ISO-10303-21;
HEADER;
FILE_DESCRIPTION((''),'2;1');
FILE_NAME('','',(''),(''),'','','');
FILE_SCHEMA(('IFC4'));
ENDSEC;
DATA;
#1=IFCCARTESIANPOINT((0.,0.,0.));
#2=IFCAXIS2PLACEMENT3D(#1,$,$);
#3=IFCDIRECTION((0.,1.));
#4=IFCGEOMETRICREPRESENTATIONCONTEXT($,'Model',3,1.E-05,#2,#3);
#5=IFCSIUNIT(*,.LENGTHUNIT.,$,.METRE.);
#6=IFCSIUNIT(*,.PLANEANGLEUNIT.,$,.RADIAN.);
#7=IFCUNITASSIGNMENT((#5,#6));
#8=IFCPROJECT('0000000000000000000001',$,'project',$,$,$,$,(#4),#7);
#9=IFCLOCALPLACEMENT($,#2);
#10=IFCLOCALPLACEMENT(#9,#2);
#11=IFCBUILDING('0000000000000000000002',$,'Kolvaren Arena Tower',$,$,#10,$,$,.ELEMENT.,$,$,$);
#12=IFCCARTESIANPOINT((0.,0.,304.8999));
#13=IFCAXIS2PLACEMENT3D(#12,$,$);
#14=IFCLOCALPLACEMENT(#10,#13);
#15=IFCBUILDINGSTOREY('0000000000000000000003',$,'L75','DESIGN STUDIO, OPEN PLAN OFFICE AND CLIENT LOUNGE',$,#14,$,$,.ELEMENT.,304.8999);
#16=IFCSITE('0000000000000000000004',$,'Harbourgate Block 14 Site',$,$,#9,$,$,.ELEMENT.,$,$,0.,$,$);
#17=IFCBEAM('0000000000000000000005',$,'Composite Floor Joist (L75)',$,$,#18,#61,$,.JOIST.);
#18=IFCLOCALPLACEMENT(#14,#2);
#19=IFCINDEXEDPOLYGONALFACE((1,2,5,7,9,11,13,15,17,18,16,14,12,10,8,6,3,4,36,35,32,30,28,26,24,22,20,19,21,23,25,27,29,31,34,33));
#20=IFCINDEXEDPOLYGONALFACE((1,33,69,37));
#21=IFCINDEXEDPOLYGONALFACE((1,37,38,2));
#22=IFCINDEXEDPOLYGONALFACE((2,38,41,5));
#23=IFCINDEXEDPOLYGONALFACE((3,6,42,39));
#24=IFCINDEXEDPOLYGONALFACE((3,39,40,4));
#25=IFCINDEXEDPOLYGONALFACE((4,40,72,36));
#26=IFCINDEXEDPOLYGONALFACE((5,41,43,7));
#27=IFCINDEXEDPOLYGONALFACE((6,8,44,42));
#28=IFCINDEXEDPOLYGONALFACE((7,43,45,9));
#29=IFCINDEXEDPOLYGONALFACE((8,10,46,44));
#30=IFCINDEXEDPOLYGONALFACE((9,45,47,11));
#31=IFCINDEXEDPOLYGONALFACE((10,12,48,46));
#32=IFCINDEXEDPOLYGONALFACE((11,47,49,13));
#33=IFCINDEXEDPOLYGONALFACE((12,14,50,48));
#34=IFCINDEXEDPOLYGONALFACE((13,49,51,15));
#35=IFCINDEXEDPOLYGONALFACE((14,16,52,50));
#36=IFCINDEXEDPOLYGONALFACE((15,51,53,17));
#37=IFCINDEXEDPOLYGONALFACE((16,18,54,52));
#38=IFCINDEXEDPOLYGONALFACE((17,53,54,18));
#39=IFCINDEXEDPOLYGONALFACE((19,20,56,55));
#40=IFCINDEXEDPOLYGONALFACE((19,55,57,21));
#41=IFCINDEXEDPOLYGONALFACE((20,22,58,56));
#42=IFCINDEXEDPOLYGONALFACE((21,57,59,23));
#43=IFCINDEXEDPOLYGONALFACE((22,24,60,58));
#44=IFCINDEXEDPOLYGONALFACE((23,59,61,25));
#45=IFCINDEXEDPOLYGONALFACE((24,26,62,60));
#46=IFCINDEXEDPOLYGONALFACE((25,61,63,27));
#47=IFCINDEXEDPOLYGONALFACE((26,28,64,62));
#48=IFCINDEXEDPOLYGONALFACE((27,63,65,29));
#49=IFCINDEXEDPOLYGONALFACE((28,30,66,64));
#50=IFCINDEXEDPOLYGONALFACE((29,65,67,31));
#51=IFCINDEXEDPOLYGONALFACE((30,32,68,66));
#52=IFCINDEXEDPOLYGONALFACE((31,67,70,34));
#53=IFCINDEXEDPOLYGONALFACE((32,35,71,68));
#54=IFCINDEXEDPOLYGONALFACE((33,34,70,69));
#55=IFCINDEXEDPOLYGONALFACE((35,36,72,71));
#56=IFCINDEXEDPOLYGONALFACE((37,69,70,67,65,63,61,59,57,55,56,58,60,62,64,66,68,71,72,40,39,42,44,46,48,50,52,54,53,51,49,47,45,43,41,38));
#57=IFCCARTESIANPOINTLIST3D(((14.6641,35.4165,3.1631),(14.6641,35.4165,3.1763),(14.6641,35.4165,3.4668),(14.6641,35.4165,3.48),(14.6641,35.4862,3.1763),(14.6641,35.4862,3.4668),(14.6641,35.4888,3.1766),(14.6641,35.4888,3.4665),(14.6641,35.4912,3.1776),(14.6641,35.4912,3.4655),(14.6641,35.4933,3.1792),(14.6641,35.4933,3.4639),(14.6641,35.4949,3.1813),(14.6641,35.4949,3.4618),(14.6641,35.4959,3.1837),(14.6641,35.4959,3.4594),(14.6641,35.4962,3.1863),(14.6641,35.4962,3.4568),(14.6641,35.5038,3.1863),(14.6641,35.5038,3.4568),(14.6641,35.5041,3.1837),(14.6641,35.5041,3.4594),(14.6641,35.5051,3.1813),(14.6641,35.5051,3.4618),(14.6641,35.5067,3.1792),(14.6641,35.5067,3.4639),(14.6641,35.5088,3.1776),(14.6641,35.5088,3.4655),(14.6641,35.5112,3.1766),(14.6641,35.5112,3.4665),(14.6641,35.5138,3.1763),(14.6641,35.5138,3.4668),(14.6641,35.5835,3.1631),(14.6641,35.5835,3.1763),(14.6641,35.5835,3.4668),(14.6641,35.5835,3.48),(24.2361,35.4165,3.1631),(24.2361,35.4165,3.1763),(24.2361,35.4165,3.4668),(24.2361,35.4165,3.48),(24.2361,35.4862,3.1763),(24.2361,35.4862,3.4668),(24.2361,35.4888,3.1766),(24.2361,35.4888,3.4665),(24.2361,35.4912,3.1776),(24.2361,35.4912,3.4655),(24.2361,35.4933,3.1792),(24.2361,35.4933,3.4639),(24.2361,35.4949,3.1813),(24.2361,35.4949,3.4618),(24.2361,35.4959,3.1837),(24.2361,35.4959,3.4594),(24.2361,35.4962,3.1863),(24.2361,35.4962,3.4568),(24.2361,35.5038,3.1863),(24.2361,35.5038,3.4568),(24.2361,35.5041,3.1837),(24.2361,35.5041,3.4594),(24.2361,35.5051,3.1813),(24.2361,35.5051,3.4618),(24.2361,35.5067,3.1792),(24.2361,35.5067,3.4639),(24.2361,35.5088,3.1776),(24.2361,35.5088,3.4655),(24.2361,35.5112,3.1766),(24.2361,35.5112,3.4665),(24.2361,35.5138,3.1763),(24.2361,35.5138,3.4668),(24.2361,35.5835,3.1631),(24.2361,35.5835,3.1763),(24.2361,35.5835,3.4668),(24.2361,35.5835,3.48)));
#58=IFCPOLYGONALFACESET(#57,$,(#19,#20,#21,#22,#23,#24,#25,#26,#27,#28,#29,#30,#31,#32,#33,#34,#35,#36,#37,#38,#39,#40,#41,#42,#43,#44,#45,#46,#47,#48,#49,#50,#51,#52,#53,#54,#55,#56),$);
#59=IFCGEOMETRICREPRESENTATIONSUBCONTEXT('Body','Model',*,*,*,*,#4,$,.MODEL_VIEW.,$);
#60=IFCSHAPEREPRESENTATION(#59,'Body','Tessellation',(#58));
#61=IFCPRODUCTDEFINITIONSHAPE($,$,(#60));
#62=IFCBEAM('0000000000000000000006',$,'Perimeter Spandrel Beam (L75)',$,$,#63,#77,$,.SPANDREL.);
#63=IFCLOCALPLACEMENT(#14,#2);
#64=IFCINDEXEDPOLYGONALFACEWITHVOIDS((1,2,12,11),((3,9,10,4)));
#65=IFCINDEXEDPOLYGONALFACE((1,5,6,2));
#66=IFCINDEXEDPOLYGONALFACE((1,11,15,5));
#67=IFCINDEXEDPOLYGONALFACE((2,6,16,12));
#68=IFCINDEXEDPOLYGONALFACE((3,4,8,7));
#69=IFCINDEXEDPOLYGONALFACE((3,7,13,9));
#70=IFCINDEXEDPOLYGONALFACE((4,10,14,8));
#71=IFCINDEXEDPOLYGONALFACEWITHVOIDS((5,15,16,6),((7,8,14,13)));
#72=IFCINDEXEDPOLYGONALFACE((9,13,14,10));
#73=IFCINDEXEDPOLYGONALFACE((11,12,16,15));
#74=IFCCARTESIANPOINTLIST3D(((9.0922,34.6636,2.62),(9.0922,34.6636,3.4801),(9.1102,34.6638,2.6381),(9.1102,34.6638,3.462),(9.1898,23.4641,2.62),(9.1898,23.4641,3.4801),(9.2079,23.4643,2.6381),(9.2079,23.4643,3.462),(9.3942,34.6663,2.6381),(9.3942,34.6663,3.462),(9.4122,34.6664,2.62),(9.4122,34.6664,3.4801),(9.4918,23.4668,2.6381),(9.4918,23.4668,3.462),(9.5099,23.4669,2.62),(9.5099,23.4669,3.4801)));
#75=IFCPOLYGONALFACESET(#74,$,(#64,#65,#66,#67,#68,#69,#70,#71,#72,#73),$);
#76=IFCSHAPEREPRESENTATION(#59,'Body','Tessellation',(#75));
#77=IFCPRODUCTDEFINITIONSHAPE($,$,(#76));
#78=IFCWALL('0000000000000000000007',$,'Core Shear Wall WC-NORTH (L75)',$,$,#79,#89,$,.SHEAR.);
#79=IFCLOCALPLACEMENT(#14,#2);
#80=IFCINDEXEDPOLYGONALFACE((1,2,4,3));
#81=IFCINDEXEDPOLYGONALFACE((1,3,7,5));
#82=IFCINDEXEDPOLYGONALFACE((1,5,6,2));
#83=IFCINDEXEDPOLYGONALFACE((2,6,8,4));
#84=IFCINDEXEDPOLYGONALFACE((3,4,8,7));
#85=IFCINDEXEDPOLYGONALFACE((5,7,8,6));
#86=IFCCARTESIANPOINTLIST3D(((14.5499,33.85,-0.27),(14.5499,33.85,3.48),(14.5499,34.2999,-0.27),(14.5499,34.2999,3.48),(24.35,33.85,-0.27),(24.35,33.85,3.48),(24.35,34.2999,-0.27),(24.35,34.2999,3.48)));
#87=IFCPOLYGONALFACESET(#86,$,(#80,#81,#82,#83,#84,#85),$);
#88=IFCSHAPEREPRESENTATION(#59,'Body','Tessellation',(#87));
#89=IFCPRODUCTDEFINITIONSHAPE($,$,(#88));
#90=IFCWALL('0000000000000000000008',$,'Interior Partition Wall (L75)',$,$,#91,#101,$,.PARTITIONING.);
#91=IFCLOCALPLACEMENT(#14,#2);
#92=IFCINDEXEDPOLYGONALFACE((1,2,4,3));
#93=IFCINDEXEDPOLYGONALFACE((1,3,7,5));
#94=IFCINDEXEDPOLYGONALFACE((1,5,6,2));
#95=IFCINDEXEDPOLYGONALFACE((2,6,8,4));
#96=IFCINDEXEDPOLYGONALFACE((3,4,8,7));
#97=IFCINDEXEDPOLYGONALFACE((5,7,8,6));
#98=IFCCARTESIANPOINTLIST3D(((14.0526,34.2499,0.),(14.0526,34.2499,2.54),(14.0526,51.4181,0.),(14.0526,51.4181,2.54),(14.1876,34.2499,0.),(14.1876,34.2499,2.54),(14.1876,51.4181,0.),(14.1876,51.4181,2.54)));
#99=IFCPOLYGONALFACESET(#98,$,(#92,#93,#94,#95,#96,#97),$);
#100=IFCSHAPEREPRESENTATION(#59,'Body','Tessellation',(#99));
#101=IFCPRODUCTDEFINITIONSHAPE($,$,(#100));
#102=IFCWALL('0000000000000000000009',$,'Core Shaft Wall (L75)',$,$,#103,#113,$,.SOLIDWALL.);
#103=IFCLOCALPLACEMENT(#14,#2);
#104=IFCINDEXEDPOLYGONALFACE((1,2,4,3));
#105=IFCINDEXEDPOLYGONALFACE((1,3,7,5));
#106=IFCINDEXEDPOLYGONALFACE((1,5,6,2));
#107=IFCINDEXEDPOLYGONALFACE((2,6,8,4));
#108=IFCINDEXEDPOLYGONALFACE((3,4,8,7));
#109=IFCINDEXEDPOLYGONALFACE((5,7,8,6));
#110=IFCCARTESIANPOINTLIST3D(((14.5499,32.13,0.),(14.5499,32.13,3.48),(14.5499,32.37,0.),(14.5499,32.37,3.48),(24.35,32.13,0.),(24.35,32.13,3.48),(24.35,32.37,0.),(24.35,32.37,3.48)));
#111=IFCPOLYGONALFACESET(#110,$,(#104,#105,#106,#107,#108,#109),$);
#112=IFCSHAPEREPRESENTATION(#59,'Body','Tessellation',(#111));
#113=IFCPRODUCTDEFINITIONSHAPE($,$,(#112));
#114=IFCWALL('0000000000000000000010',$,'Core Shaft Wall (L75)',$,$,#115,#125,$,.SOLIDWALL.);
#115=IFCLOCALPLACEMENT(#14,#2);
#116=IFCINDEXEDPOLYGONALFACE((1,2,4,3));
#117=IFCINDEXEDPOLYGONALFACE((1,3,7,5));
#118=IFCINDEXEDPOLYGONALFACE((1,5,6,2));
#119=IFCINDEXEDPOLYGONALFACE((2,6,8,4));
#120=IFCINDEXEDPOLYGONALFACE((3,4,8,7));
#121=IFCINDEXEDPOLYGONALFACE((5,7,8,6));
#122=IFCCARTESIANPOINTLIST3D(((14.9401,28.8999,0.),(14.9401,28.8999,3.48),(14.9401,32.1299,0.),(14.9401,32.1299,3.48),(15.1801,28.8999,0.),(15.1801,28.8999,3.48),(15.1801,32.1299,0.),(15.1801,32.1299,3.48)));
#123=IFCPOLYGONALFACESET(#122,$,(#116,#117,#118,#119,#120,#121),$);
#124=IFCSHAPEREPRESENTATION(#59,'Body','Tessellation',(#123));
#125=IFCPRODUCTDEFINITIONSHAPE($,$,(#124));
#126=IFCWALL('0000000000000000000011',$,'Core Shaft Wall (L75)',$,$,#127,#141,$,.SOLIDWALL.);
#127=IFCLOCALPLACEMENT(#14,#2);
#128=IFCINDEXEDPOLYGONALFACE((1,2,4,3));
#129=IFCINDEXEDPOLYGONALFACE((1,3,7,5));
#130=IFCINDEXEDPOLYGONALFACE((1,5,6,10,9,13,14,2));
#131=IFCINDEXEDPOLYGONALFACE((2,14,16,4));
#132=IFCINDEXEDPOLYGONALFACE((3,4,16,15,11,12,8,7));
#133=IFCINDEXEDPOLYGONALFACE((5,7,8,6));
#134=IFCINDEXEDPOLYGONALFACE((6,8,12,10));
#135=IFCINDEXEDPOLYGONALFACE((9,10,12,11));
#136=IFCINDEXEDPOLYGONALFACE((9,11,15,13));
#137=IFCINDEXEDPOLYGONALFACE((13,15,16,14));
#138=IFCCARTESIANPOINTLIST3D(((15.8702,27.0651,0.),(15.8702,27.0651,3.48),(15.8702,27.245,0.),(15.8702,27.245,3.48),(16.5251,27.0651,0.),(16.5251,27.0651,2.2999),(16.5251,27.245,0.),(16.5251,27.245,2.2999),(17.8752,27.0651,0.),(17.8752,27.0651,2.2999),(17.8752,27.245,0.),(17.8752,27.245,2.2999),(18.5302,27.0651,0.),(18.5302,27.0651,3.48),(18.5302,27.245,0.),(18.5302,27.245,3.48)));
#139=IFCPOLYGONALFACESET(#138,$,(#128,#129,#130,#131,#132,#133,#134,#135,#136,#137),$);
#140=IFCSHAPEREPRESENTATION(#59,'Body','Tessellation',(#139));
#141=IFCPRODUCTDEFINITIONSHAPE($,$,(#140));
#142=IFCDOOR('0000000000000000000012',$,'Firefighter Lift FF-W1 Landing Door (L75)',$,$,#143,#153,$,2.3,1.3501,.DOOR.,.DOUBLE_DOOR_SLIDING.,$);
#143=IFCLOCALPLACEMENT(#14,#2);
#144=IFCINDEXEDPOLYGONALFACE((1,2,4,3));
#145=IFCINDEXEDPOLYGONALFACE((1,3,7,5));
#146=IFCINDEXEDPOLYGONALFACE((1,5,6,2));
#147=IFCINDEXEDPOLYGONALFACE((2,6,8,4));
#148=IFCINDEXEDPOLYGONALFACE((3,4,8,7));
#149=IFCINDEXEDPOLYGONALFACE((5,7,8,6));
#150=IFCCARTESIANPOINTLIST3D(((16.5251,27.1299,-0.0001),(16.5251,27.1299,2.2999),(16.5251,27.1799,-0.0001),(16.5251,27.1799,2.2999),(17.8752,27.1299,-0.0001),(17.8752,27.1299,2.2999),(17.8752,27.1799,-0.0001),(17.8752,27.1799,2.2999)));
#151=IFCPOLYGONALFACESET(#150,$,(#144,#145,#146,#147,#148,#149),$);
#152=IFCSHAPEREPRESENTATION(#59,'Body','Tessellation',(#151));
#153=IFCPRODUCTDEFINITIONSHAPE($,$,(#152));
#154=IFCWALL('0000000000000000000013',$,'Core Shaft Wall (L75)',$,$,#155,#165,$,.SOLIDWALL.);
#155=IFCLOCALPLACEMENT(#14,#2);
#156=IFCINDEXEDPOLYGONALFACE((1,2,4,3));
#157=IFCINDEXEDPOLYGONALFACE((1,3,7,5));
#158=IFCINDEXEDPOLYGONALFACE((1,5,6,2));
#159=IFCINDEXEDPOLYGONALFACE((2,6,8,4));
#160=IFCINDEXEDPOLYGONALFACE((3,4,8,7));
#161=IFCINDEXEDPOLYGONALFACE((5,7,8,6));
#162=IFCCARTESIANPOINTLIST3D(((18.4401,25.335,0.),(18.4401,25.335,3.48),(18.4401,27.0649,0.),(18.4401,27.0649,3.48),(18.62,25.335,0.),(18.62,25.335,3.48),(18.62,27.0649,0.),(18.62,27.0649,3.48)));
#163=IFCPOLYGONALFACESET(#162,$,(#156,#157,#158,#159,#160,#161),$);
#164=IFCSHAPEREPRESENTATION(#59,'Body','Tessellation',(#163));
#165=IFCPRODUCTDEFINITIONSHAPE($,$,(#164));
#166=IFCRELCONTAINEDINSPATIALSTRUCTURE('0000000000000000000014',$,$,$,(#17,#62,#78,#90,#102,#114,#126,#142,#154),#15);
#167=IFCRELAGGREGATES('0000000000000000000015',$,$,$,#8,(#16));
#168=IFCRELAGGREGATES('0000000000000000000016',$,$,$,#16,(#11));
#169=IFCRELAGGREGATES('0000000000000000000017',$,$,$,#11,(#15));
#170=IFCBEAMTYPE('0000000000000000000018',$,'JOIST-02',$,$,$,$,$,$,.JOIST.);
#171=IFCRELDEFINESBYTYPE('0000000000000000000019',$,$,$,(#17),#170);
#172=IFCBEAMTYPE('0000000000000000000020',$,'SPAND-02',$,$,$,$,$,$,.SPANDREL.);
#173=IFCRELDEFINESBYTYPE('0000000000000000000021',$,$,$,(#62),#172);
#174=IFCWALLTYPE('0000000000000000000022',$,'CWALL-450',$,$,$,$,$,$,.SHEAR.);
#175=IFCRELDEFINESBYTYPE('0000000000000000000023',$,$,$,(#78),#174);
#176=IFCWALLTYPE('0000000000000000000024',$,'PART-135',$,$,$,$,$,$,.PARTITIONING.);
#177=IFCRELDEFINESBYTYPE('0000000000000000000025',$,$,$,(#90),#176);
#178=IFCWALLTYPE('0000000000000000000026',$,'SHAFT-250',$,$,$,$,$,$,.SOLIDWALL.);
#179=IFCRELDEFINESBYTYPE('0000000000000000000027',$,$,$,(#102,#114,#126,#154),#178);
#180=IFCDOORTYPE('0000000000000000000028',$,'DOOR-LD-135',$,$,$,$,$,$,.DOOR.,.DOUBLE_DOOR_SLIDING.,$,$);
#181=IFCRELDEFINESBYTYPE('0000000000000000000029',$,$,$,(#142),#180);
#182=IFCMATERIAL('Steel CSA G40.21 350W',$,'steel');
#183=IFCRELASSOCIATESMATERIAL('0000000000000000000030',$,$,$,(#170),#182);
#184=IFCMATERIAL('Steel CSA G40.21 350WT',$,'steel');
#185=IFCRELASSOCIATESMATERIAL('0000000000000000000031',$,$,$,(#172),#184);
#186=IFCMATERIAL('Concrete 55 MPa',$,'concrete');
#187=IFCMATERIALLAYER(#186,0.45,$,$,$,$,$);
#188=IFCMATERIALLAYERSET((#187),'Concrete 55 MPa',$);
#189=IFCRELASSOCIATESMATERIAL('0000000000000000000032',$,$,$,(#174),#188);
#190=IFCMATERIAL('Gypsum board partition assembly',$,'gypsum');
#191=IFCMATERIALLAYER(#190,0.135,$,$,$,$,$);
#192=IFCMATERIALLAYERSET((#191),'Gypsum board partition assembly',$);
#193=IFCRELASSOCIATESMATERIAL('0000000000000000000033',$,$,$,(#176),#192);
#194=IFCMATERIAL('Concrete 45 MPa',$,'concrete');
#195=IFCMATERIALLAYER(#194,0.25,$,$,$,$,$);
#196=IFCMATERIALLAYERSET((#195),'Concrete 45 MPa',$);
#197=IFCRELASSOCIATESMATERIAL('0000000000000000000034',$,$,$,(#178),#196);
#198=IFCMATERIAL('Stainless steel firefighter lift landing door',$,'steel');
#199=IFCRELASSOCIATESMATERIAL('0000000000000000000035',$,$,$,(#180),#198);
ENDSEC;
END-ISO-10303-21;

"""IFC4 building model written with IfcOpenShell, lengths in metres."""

from ifc_helpers import new_model, si_unit, direction, frame, frame_2d, origin, origin_2d, place, context, subcontext, project, spatial, rectangle, hollow_rectangle, i_section, extrude, material, layer, layer_set, material_profile, profile_set, type_object, element, fill, save


model = new_model("IFC4")

# Units and contexts
model_context = context("Model", 3, precision=1e-05, world=origin(), true_north=direction((0.0, 1.0)))
body_context = subcontext(model_context, "Body", "Model", "MODEL_VIEW")
ifc_project = project(units=[si_unit("LENGTHUNIT", "METRE"), si_unit("PLANEANGLEUNIT", "RADIAN")], contexts=[model_context])

# Site, building, storey
site_placement = place(None, origin())
site = spatial("IfcSite", under=ifc_project, at=site_placement, Name="Harbourgate Block 14 Site", CompositionType="ELEMENT", RefElevation=0.0)
building_placement = place(site_placement, origin())
building = spatial("IfcBuilding", under=site, at=building_placement, Name="Kolvaren Arena Tower", CompositionType="ELEMENT")
storey_placement = place(building_placement, frame((0.0, 0.0, 304.8999)))
storey = spatial("IfcBuildingStorey", under=building, at=storey_placement, Name="L75", Description="DESIGN STUDIO, OPEN PLAN OFFICE AND CLIENT LOUNGE", CompositionType="ELEMENT", Elevation=304.8999)

# Beams
ifc_material_1 = material(Name="Steel CSA G40.21 350W", Category="steel")
ifc_material_profile_1 = material_profile(ifc_material_1, i_section(OverallWidth=0.167, OverallDepth=0.3169, WebThickness=0.0076, FlangeThickness=0.0132, FilletRadius=0.01, at=origin_2d()), Name="W310x52")
ifc_profile_set_1 = profile_set([ifc_material_profile_1], Name="Steel CSA G40.21 350W")
beam_type_1 = type_object("IfcBeamType", Name="JOIST-02", PredefinedType="JOIST", material=ifc_profile_set_1)
beam_1_placement = place(storey_placement, frame((14.6641, 35.5, 3.3215), z_axis=(1.0, 0.0, 0.0), x_axis=(0.0, 1.0, 0.0)))
element("IfcBeam", 1, at=beam_1_placement, inside=storey, type_object=beam_type_1, Name="Composite Floor Joist (L75)", PredefinedType="JOIST", context=body_context, shape_type="SweptSolid", body=[
    extrude(i_section(OverallWidth=0.167, OverallDepth=0.3169, WebThickness=0.0076, FlangeThickness=0.0132, FilletRadius=0.01, at=origin_2d()), origin(), (0.0, 0.0, 1.0), 9.572),
])
ifc_material_2 = material(Name="Steel CSA G40.21 350WT", Category="steel")
ifc_material_profile_2 = material_profile(ifc_material_2, hollow_rectangle(XDim=0.3201, YDim=0.8601, WallThickness=0.0181, at=origin_2d()), Name="HSS 860x320x18")
ifc_profile_set_2 = profile_set([ifc_material_profile_2], Name="Steel CSA G40.21 350WT")
beam_type_2 = type_object("IfcBeamType", Name="SPAND-02", PredefinedType="SPANDREL", material=ifc_profile_set_2)
beam_2_placement = place(storey_placement, frame((9.2522, 34.665, 3.05), z_axis=(0.008719, -0.999962, 0.0), x_axis=(0.999962, 0.008719, 0.0)))
element("IfcBeam", 2, at=beam_2_placement, inside=storey, type_object=beam_type_2, Name="Perimeter Spandrel Beam (L75)", PredefinedType="SPANDREL", context=body_context, shape_type="SweptSolid", body=[
    extrude(hollow_rectangle(XDim=0.3201, YDim=0.8601, WallThickness=0.0181, at=origin_2d()), origin(), (0.0, 0.0, 1.0), 11.2),
])

# Walls
ifc_material_3 = material(Name="Concrete 55 MPa", Category="concrete")
ifc_layer_1 = layer(ifc_material_3, 0.45)
ifc_layer_set_1 = layer_set([ifc_layer_1], Name="Concrete 55 MPa")
wall_type_1 = type_object("IfcWallType", Name="CWALL-450", PredefinedType="SHEAR", material=ifc_layer_set_1)
wall_1_placement = place(storey_placement, frame((14.55, 34.075, -0.27), z_axis=(0.0, 0.0, 1.0), x_axis=(1.0, 0.0, 0.0)))
element("IfcWall", 3, at=wall_1_placement, inside=storey, type_object=wall_type_1, Name="Core Shear Wall WC-NORTH (L75)", PredefinedType="SHEAR", context=body_context, shape_type="SweptSolid", body=[
    extrude(rectangle(XDim=9.8, YDim=0.45, at=frame_2d((4.8999, 0.0))), origin(), (0.0, 0.0, 1.0), 3.75),
])
ifc_material_4 = material(Name="Gypsum board partition assembly", Category="gypsum")
ifc_layer_2 = layer(ifc_material_4, 0.135)
ifc_layer_set_2 = layer_set([ifc_layer_2], Name="Gypsum board partition assembly")
wall_type_2 = type_object("IfcWallType", Name="PART-135", PredefinedType="PARTITIONING", material=ifc_layer_set_2)
wall_2_placement = place(storey_placement, frame((14.1201, 34.25, 0.0), z_axis=(0.0, 0.0, 1.0), x_axis=(0.0, 1.0, 0.0)))
element("IfcWall", 4, at=wall_2_placement, inside=storey, type_object=wall_type_2, Name="Interior Partition Wall (L75)", PredefinedType="PARTITIONING", context=body_context, shape_type="SweptSolid", body=[
    extrude(rectangle(XDim=17.1682, YDim=0.135, at=frame_2d((8.584, 0.0))), origin(), (0.0, 0.0, 1.0), 2.54),
])
ifc_material_5 = material(Name="Concrete 45 MPa", Category="concrete")
ifc_layer_3 = layer(ifc_material_5, 0.25)
ifc_layer_set_3 = layer_set([ifc_layer_3], Name="Concrete 45 MPa")
wall_type_3 = type_object("IfcWallType", Name="SHAFT-250", PredefinedType="SOLIDWALL", material=ifc_layer_set_3)
wall_3_placement = place(storey_placement, frame((14.55, 32.25, 0.0), z_axis=(0.0, 0.0, 1.0), x_axis=(1.0, 0.0, 0.0)))
element("IfcWall", 5, at=wall_3_placement, inside=storey, type_object=wall_type_3, Name="Core Shaft Wall (L75)", PredefinedType="SOLIDWALL", context=body_context, shape_type="SweptSolid", body=[
    extrude(rectangle(XDim=9.8, YDim=0.24, at=frame_2d((4.8999, 0.0))), origin(), (0.0, 0.0, 1.0), 3.48),
])
wall_4_placement = place(storey_placement, frame((15.0601, 28.8999, 0.0), z_axis=(0.0, 0.0, 1.0), x_axis=(0.0, 1.0, 0.0)))
element("IfcWall", 6, at=wall_4_placement, inside=storey, type_object=wall_type_3, Name="Core Shaft Wall (L75)", PredefinedType="SOLIDWALL", context=body_context, shape_type="SweptSolid", body=[
    extrude(rectangle(XDim=3.23, YDim=0.24, at=frame_2d((1.615, 0.0))), origin(), (0.0, 0.0, 1.0), 3.48),
])

# Wall, opening, door
wall_5_placement = place(storey_placement, frame((15.8701, 27.155, 0.0), z_axis=(0.0, 0.0, 1.0), x_axis=(1.0, 0.0, 0.0)))
wall_5 = element("IfcWall", 7, at=wall_5_placement, inside=storey, type_object=wall_type_3, Name="Core Shaft Wall (L75)", PredefinedType="SOLIDWALL", context=body_context, shape_type="SweptSolid", body=[
    extrude(rectangle(XDim=2.6599, YDim=0.1799, at=frame_2d((1.3301, 0.0))), origin(), (0.0, 0.0, 1.0), 3.48),
])
opening_placement = place(wall_5_placement, frame((0.655, 0.0, 0.0)))
opening = element("IfcOpeningElement", 8, at=opening_placement, cuts=wall_5, PredefinedType="OPENING", context=body_context, shape_type="SweptSolid", body=[
    extrude(rectangle(XDim=1.3501, YDim=2.3, at=frame_2d((0.675, 1.1499))), frame((0.0, 0.0999, 0.0), z_axis=(0.0, -1.0, 0.0), x_axis=(1.0, 0.0, 0.0)), (0.0, 0.0, 1.0), 0.2),
])
ifc_material_6 = material(Name="Stainless steel firefighter lift landing door", Category="steel")
door_type = type_object("IfcDoorType", Name="DOOR-LD-135", OperationType="DOUBLE_DOOR_SLIDING", PredefinedType="DOOR", material=ifc_material_6)
door_placement = place(opening_placement, origin())
door = element("IfcDoor", 9, at=door_placement, inside=storey, type_object=door_type, Name="Firefighter Lift FF-W1 Landing Door (L75)", OperationType="DOUBLE_DOOR_SLIDING", OverallHeight=2.3, OverallWidth=1.3501, PredefinedType="DOOR", context=body_context, shape_type="SweptSolid", body=[
    extrude(rectangle(XDim=1.3501, YDim=2.3, at=frame_2d((0.675, 1.1499))), frame((0.0, 0.0249, 0.0), z_axis=(0.0, -1.0, 0.0), x_axis=(1.0, 0.0, 0.0)), (0.0, 0.0, 1.0), 0.05),
])
fill(opening, door)

# Wall
wall_6_placement = place(storey_placement, frame((18.53, 25.335, 0.0), z_axis=(0.0, 0.0, 1.0), x_axis=(0.0, 1.0, 0.0)))
element("IfcWall", 10, at=wall_6_placement, inside=storey, type_object=wall_type_3, Name="Core Shaft Wall (L75)", PredefinedType="SOLIDWALL", context=body_context, shape_type="SweptSolid", body=[
    extrude(rectangle(XDim=1.73, YDim=0.1799, at=frame_2d((0.865, 0.0))), origin(), (0.0, 0.0, 1.0), 3.48),
])

save(model, "model.ifc")
